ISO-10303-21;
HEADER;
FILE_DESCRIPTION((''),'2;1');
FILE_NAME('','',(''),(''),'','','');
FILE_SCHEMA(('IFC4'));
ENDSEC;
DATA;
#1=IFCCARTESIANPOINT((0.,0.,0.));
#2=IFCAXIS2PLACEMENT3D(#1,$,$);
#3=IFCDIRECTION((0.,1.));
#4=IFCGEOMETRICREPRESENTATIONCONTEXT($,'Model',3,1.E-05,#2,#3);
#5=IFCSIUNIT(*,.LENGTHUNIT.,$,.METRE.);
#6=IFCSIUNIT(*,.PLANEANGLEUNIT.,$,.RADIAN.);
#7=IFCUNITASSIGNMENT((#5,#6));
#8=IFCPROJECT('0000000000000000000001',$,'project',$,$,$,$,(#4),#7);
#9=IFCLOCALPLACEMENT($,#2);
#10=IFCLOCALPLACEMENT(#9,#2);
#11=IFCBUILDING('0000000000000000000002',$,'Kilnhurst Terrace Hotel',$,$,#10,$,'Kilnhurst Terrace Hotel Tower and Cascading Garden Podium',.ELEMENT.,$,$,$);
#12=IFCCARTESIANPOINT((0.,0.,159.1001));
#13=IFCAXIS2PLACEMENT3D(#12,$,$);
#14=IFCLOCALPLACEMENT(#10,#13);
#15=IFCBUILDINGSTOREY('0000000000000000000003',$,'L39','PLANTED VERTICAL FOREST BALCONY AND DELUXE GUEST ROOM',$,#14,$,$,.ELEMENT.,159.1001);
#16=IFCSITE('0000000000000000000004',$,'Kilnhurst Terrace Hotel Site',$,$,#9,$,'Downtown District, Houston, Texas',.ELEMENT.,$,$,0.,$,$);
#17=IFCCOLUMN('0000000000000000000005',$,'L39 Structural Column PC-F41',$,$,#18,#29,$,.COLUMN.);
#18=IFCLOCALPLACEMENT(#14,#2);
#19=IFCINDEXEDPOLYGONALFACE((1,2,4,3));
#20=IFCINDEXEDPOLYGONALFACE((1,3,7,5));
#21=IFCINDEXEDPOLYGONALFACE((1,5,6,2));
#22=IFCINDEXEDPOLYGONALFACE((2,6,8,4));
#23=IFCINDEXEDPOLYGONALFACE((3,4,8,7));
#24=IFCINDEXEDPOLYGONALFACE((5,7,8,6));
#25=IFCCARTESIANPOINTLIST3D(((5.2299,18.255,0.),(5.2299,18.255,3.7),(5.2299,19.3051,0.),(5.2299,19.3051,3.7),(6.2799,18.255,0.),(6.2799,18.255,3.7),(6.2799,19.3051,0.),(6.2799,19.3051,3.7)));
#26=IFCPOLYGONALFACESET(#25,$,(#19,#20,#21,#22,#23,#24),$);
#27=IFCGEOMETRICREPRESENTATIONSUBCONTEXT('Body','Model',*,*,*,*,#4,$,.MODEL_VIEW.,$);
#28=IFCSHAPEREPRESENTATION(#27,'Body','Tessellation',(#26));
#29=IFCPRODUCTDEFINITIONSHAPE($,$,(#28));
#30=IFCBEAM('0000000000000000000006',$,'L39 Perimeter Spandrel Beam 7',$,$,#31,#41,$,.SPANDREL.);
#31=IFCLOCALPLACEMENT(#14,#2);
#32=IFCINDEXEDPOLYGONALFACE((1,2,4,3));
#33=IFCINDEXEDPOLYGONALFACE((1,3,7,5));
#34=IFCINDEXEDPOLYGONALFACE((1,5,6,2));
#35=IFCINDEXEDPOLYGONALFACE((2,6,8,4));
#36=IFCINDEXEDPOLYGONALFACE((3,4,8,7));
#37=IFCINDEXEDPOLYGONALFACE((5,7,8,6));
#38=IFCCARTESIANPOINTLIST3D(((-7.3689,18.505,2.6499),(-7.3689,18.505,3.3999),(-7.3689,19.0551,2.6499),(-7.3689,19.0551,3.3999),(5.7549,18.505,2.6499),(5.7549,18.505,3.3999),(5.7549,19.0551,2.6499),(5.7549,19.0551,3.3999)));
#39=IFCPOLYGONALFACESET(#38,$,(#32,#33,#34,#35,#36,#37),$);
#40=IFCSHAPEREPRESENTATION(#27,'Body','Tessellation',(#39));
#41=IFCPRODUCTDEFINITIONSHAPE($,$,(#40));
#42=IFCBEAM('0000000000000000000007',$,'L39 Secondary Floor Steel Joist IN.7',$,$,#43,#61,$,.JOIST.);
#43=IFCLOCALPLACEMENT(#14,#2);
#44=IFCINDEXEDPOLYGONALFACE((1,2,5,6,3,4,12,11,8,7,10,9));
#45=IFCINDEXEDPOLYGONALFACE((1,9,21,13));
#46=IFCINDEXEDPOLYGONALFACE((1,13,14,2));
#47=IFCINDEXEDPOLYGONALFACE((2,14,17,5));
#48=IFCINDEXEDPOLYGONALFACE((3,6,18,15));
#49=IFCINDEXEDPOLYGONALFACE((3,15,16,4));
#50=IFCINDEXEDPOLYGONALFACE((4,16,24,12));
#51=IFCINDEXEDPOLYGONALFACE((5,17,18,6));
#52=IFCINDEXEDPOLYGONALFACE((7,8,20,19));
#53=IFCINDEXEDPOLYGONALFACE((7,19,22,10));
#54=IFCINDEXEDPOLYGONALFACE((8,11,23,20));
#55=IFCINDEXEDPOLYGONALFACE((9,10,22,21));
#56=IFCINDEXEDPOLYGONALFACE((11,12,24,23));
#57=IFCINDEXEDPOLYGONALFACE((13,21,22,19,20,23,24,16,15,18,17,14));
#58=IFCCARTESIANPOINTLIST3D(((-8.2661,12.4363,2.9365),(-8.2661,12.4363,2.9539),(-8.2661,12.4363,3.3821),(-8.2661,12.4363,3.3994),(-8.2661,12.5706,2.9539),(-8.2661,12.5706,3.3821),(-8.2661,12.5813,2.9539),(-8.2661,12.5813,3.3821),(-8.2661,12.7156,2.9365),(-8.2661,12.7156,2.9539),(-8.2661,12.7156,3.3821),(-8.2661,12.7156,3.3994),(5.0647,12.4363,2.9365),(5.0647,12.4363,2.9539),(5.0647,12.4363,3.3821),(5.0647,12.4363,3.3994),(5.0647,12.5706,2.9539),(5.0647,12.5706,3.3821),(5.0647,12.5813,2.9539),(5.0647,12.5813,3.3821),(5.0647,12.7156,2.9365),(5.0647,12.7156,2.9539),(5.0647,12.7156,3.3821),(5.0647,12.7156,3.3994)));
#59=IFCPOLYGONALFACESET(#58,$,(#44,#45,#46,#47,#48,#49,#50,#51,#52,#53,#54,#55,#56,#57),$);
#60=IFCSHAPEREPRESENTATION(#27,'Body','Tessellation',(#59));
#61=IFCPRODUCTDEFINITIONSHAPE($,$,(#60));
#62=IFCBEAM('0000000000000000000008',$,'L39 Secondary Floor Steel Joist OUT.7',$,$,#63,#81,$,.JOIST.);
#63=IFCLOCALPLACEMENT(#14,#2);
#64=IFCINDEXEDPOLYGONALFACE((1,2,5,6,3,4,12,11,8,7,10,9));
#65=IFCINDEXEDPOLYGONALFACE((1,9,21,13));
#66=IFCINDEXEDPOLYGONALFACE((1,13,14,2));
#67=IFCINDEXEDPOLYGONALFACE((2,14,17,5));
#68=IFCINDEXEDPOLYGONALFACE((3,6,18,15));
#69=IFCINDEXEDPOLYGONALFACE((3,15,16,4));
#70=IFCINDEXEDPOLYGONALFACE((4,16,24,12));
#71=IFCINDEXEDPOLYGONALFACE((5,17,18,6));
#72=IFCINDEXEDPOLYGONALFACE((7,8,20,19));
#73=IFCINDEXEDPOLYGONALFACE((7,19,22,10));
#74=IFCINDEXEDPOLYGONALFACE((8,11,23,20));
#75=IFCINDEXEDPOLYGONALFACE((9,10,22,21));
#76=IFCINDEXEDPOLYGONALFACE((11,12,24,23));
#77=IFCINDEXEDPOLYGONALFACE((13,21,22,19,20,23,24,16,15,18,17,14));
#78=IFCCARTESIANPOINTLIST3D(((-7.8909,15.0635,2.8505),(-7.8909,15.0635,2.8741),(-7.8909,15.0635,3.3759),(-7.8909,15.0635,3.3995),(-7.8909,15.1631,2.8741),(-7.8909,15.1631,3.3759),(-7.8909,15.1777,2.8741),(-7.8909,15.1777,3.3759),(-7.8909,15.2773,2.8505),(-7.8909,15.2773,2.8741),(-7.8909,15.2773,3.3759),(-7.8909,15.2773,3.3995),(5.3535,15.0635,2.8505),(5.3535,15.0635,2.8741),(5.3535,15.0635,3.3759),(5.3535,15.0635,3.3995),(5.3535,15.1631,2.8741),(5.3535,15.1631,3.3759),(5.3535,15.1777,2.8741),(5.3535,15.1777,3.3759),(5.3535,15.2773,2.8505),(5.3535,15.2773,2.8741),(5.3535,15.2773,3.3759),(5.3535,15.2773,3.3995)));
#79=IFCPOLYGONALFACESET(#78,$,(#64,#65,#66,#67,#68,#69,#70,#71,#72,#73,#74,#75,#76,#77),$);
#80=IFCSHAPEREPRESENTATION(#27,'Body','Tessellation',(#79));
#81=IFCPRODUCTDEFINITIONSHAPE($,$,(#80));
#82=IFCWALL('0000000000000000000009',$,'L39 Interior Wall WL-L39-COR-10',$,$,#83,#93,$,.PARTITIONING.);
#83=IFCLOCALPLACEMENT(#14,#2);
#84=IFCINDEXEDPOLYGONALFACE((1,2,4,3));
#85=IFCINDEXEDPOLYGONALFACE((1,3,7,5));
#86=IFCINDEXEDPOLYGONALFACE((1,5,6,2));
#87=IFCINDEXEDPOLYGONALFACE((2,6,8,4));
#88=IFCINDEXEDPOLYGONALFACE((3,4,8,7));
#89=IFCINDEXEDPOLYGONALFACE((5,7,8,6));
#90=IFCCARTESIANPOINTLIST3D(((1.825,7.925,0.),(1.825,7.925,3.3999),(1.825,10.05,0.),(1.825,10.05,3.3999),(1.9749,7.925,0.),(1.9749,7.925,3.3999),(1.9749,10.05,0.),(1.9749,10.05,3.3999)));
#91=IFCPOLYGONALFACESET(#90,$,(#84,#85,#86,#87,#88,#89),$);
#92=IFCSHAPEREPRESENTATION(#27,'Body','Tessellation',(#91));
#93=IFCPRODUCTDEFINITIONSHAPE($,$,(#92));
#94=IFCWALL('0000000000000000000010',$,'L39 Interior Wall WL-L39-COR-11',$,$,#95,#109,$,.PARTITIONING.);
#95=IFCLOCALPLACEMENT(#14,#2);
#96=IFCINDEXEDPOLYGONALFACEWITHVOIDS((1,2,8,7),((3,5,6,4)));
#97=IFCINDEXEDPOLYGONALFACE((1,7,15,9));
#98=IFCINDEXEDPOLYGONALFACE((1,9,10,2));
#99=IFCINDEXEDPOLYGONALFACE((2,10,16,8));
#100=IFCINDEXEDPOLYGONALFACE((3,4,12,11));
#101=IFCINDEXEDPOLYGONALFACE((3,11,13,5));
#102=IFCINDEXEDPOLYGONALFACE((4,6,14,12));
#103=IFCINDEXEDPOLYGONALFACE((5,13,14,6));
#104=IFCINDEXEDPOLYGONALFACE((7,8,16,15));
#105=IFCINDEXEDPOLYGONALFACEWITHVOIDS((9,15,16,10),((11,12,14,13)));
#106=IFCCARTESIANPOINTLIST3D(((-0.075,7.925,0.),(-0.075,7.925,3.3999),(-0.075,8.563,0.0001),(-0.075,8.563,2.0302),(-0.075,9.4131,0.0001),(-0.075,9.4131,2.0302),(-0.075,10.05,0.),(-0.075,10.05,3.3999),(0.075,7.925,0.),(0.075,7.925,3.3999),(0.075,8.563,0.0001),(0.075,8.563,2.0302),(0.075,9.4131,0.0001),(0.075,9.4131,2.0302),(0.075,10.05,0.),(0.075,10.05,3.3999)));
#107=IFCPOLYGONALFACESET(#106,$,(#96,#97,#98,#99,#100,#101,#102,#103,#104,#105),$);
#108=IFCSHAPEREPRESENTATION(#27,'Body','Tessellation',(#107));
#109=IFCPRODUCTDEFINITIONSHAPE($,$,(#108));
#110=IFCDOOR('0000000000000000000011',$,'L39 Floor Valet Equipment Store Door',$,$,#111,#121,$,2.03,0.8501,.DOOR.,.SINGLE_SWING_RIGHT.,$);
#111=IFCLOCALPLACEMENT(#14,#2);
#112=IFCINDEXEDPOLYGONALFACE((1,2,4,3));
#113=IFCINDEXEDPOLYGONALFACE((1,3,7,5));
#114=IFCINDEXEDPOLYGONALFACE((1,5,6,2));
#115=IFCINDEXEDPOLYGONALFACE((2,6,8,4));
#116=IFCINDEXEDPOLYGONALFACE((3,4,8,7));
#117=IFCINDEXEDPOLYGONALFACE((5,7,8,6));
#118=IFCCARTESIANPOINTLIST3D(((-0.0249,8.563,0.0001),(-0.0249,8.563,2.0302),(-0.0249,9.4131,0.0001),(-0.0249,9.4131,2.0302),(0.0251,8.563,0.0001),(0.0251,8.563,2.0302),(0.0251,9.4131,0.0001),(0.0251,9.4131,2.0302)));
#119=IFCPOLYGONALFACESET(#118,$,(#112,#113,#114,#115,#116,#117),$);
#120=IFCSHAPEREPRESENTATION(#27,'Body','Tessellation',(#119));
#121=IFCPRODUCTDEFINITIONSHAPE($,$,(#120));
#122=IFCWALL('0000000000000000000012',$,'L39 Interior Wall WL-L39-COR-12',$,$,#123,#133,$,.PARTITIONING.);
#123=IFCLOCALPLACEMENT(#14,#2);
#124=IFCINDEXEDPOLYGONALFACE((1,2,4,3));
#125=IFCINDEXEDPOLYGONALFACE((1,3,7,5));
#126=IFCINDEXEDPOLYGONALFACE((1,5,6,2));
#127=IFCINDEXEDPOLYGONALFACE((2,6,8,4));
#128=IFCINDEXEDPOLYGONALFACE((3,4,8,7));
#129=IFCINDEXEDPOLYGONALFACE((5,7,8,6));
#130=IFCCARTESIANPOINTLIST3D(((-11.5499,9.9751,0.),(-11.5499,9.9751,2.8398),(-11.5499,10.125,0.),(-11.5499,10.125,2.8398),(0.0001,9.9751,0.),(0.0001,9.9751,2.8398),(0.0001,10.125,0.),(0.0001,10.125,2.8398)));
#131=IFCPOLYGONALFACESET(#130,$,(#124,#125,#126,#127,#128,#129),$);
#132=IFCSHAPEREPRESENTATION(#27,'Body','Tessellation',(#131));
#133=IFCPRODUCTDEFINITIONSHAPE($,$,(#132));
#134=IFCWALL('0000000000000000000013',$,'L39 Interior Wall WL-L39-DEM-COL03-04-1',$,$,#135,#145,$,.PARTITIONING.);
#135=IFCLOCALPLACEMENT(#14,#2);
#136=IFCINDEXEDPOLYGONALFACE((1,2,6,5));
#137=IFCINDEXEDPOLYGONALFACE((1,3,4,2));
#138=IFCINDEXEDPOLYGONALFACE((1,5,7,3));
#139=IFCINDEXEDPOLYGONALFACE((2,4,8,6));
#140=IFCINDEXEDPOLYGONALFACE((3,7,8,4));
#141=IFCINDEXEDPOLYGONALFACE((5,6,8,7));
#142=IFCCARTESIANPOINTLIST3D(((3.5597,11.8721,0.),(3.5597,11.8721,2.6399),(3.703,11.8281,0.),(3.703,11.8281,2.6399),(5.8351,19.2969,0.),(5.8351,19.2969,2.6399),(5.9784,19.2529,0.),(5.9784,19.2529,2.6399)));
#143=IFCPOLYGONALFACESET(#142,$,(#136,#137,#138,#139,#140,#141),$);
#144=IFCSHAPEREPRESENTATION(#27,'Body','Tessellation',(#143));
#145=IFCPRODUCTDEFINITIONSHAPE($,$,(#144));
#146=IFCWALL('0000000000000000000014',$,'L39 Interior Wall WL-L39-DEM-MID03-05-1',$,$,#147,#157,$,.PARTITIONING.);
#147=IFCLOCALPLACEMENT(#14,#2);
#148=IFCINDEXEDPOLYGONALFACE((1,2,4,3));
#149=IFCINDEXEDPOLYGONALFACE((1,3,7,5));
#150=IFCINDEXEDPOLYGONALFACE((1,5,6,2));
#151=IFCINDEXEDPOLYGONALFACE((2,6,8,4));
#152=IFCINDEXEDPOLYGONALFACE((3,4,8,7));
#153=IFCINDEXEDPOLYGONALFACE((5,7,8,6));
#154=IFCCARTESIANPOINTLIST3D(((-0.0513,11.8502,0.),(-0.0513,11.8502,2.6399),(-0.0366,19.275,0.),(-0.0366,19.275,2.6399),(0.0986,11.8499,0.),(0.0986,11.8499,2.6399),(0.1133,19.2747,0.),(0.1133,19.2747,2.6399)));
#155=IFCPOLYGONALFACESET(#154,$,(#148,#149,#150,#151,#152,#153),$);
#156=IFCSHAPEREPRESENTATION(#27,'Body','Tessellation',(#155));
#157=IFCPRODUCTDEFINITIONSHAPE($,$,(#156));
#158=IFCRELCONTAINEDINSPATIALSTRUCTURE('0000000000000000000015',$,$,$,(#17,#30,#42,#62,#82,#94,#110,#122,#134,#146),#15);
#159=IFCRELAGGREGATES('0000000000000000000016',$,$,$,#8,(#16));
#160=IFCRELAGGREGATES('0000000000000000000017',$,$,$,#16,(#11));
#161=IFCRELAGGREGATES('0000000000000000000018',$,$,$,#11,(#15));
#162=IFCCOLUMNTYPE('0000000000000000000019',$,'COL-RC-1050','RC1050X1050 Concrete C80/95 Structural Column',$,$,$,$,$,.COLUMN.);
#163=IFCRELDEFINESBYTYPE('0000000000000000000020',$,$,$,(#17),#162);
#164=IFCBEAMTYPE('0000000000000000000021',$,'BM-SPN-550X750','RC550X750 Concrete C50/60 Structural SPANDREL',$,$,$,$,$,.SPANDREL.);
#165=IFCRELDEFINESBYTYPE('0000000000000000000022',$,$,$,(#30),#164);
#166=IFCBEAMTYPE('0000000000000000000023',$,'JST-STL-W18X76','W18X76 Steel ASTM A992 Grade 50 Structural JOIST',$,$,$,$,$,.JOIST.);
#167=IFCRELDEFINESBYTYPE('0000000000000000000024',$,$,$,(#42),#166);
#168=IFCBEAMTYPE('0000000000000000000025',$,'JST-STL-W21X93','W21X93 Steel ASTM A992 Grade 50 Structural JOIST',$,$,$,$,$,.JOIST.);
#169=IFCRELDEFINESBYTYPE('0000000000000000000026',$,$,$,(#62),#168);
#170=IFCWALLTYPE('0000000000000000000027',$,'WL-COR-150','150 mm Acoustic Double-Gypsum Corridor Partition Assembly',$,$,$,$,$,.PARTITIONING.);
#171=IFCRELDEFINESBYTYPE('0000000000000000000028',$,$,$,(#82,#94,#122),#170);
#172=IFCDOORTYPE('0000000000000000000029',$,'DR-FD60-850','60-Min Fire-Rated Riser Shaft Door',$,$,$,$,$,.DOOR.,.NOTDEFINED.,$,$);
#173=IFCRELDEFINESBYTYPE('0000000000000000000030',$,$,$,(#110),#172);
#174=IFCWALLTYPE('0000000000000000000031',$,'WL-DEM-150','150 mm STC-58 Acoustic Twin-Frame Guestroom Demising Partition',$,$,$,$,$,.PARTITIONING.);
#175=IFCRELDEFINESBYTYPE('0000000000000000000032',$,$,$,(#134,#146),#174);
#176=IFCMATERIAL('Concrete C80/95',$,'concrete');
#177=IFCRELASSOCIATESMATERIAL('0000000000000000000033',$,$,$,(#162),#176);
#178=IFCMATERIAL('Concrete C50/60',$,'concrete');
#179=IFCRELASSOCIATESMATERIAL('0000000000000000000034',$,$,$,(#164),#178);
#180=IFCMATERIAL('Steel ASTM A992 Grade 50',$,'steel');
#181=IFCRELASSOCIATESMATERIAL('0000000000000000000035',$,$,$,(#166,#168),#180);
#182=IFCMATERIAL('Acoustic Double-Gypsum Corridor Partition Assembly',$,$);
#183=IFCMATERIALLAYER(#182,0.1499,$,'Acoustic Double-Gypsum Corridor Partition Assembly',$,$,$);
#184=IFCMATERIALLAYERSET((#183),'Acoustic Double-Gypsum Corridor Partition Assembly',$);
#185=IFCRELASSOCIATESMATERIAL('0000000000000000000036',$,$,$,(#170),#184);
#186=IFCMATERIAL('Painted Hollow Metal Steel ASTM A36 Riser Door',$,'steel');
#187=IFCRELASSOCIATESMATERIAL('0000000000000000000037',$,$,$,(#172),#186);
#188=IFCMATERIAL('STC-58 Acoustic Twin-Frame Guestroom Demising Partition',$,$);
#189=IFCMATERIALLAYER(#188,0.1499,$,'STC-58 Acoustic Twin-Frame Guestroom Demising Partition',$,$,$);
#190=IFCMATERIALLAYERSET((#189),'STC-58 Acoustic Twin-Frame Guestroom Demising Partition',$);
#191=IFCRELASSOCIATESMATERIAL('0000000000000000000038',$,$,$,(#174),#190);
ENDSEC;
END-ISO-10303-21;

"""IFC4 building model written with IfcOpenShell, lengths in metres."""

from ifc_helpers import new_model, si_unit, direction, frame, frame_2d, origin, origin_2d, place, context, subcontext, project, spatial, rectangle, i_section, extrude, material, layer, layer_set, material_profile, profile_set, type_object, element, fill, save


model = new_model("IFC4")

# Units and contexts
model_context = context("Model", 3, precision=1e-05, world=origin(), true_north=direction((0.0, 1.0)))
body_context = subcontext(model_context, "Body", "Model", "MODEL_VIEW")
ifc_project = project(units=[si_unit("LENGTHUNIT", "METRE"), si_unit("PLANEANGLEUNIT", "RADIAN")], contexts=[model_context])

# Site, building, storey
site_placement = place(None, origin())
site = spatial("IfcSite", under=ifc_project, at=site_placement, Name="Kilnhurst Terrace Hotel Site", LongName="Downtown District, Houston, Texas", CompositionType="ELEMENT", RefElevation=0.0)
building_placement = place(site_placement, origin())
building = spatial("IfcBuilding", under=site, at=building_placement, Name="Kilnhurst Terrace Hotel", LongName="Kilnhurst Terrace Hotel Tower and Cascading Garden Podium", CompositionType="ELEMENT")
storey_placement = place(building_placement, frame((0.0, 0.0, 159.1001)))
storey = spatial("IfcBuildingStorey", under=building, at=storey_placement, Name="L39", Description="PLANTED VERTICAL FOREST BALCONY AND DELUXE GUEST ROOM", CompositionType="ELEMENT", Elevation=159.1001)

# Column
ifc_material_1 = material(Name="Concrete C80/95", Category="concrete")
ifc_material_profile_1 = material_profile(ifc_material_1, rectangle(XDim=1.05, YDim=1.05, at=origin_2d()), Name="RC1050X1050")
ifc_profile_set_1 = profile_set([ifc_material_profile_1], Name="Concrete C80/95")
column_type = type_object("IfcColumnType", Name="COL-RC-1050", Description="RC1050X1050 Concrete C80/95 Structural Column", PredefinedType="COLUMN", material=ifc_profile_set_1)
column_placement = place(storey_placement, frame((5.7549, 18.78, 0.0), z_axis=(0.0, 0.0, 1.0), x_axis=(1.0, 0.0, 0.0)))
element("IfcColumn", 1, at=column_placement, inside=storey, type_object=column_type, Name="L39 Structural Column PC-F41", PredefinedType="COLUMN", context=body_context, shape_type="SweptSolid", body=[
    extrude(rectangle(XDim=1.05, YDim=1.05, at=origin_2d()), origin(), (0.0, 0.0, 1.0), 3.7),
])

# Beams
ifc_material_2 = material(Name="Concrete C50/60", Category="concrete")
ifc_material_profile_2 = material_profile(ifc_material_2, rectangle(XDim=0.55, YDim=0.75, at=origin_2d()), Name="RC550X750")
ifc_profile_set_2 = profile_set([ifc_material_profile_2], Name="Concrete C50/60")
beam_type_1 = type_object("IfcBeamType", Name="BM-SPN-550X750", Description="RC550X750 Concrete C50/60 Structural SPANDREL", PredefinedType="SPANDREL", material=ifc_profile_set_2)
beam_1_placement = place(storey_placement, frame((5.7549, 18.78, 3.0249), z_axis=(-1.0, 0.0, 0.0), x_axis=(0.0, -1.0, 0.0)))
element("IfcBeam", 2, at=beam_1_placement, inside=storey, type_object=beam_type_1, Name="L39 Perimeter Spandrel Beam 7", PredefinedType="SPANDREL", context=body_context, shape_type="SweptSolid", body=[
    extrude(rectangle(XDim=0.55, YDim=0.75, at=origin_2d()), origin(), (0.0, 0.0, 1.0), 13.1238),
])
ifc_material_3 = material(Name="Steel ASTM A992 Grade 50", Category="steel")
ifc_material_profile_3 = material_profile(ifc_material_3, i_section(OverallWidth=0.2793, OverallDepth=0.4629, WebThickness=0.0107, FlangeThickness=0.0173, at=origin_2d()), Name="W18X76")
ifc_profile_set_3 = profile_set([ifc_material_profile_3], Name="Steel ASTM A992 Grade 50")
beam_type_2 = type_object("IfcBeamType", Name="JST-STL-W18X76", Description="W18X76 Steel ASTM A992 Grade 50 Structural JOIST", PredefinedType="JOIST", material=ifc_profile_set_3)
beam_2_placement = place(storey_placement, frame((5.0647, 12.5759, 3.168), z_axis=(-1.0, 0.0, 0.0), x_axis=(0.0, -1.0, 0.0)))
element("IfcBeam", 3, at=beam_2_placement, inside=storey, type_object=beam_type_2, Name="L39 Secondary Floor Steel Joist IN.7", PredefinedType="JOIST", context=body_context, shape_type="SweptSolid", body=[
    extrude(i_section(OverallWidth=0.2793, OverallDepth=0.4629, WebThickness=0.0107, FlangeThickness=0.0173, at=origin_2d()), origin(), (0.0, 0.0, 1.0), 13.3308),
])
ifc_material_profile_4 = material_profile(ifc_material_3, i_section(OverallWidth=0.2139, OverallDepth=0.5491, WebThickness=0.0146, FlangeThickness=0.0237, at=origin_2d()), Name="W21X93")
ifc_profile_set_4 = profile_set([ifc_material_profile_4], Name="Steel ASTM A992 Grade 50")
beam_type_3 = type_object("IfcBeamType", Name="JST-STL-W21X93", Description="W21X93 Steel ASTM A992 Grade 50 Structural JOIST", PredefinedType="JOIST", material=ifc_profile_set_4)
beam_3_placement = place(storey_placement, frame((5.3535, 15.1704, 3.125), z_axis=(-1.0, 0.0, 0.0), x_axis=(0.0, -1.0, 0.0)))
element("IfcBeam", 4, at=beam_3_placement, inside=storey, type_object=beam_type_3, Name="L39 Secondary Floor Steel Joist OUT.7", PredefinedType="JOIST", context=body_context, shape_type="SweptSolid", body=[
    extrude(i_section(OverallWidth=0.2139, OverallDepth=0.5491, WebThickness=0.0146, FlangeThickness=0.0237, at=origin_2d()), origin(), (0.0, 0.0, 1.0), 13.2444),
])

# Wall
ifc_material_4 = material(Name="Acoustic Double-Gypsum Corridor Partition Assembly")
ifc_layer_1 = layer(ifc_material_4, 0.1499, Name="Acoustic Double-Gypsum Corridor Partition Assembly")
ifc_layer_set_1 = layer_set([ifc_layer_1], Name="Acoustic Double-Gypsum Corridor Partition Assembly")
wall_type_1 = type_object("IfcWallType", Name="WL-COR-150", Description="150 mm Acoustic Double-Gypsum Corridor Partition Assembly", PredefinedType="PARTITIONING", material=ifc_layer_set_1)
wall_1_placement = place(storey_placement, frame((1.8999, 10.05, 0.0), z_axis=(0.0, 0.0, 1.0), x_axis=(0.0, -1.0, 0.0)))
element("IfcWall", 5, at=wall_1_placement, inside=storey, type_object=wall_type_1, Name="L39 Interior Wall WL-L39-COR-10", PredefinedType="PARTITIONING", context=body_context, shape_type="SweptSolid", body=[
    extrude(rectangle(XDim=2.125, YDim=0.1499, at=frame_2d((1.0625, 0.0))), origin(), (0.0, 0.0, 1.0), 3.3999),
])

# Wall, opening, door
wall_2_placement = place(storey_placement, frame((0.0, 7.925, 0.0), z_axis=(0.0, 0.0, 1.0), x_axis=(0.0, 1.0, 0.0)))
wall_2 = element("IfcWall", 6, at=wall_2_placement, inside=storey, type_object=wall_type_1, Name="L39 Interior Wall WL-L39-COR-11", PredefinedType="PARTITIONING", context=body_context, shape_type="SweptSolid", body=[
    extrude(rectangle(XDim=2.125, YDim=0.1499, at=frame_2d((1.0625, 0.0))), origin(), (0.0, 0.0, 1.0), 3.3999),
])
opening_1_placement = place(wall_2_placement, frame((0.6379, 0.0, 0.0)))
opening_1 = element("IfcOpeningElement", 7, at=opening_1_placement, cuts=wall_2, PredefinedType="OPENING", context=body_context, shape_type="SweptSolid", body=[
    extrude(rectangle(XDim=0.8501, YDim=2.03, at=frame_2d((0.425, 1.0151))), frame((0.0, 0.085, 0.0), z_axis=(0.0, -1.0, 0.0), x_axis=(1.0, 0.0, 0.0)), (0.0, 0.0, 1.0), 0.1699),
])
ifc_material_5 = material(Name="Painted Hollow Metal Steel ASTM A36 Riser Door", Category="steel")
door_type_1 = type_object("IfcDoorType", Name="DR-FD60-850", Description="60-Min Fire-Rated Riser Shaft Door", OperationType="NOTDEFINED", PredefinedType="DOOR", material=ifc_material_5)
door_1_placement = place(opening_1_placement, origin())
door_1 = element("IfcDoor", 8, at=door_1_placement, inside=storey, type_object=door_type_1, Name="L39 Floor Valet Equipment Store Door", OperationType="SINGLE_SWING_RIGHT", OverallHeight=2.03, OverallWidth=0.8501, PredefinedType="DOOR", context=body_context, shape_type="SweptSolid", body=[
    extrude(rectangle(XDim=0.8501, YDim=2.03, at=frame_2d((0.425, 1.0151))), frame((0.0, 0.0249, 0.0), z_axis=(0.0, -1.0, 0.0), x_axis=(1.0, 0.0, 0.0)), (0.0, 0.0, 1.0), 0.05),
])
fill(opening_1, door_1)

# Walls
wall_3_placement = place(storey_placement, frame((0.0, 10.05, 0.0), z_axis=(0.0, 0.0, 1.0), x_axis=(-1.0, 0.0, 0.0)))
element("IfcWall", 9, at=wall_3_placement, inside=storey, type_object=wall_type_1, Name="L39 Interior Wall WL-L39-COR-12", PredefinedType="PARTITIONING", context=body_context, shape_type="SweptSolid", body=[
    extrude(rectangle(XDim=11.55, YDim=0.1499, at=frame_2d((5.7749, 0.0))), origin(), (0.0, 0.0, 1.0), 2.8398),
])
ifc_material_6 = material(Name="STC-58 Acoustic Twin-Frame Guestroom Demising Partition")
ifc_layer_2 = layer(ifc_material_6, 0.1499, Name="STC-58 Acoustic Twin-Frame Guestroom Demising Partition")
ifc_layer_set_2 = layer_set([ifc_layer_2], Name="STC-58 Acoustic Twin-Frame Guestroom Demising Partition")
wall_type_2 = type_object("IfcWallType", Name="WL-DEM-150", Description="150 mm STC-58 Acoustic Twin-Frame Guestroom Demising Partition", PredefinedType="PARTITIONING", material=ifc_layer_set_2)
wall_4_placement = place(storey_placement, frame((3.6313, 11.8501, 0.0), z_axis=(0.0, 0.0, 1.0), x_axis=(0.293008, 0.95611, 0.0)))
element("IfcWall", 10, at=wall_4_placement, inside=storey, type_object=wall_type_2, Name="L39 Interior Wall WL-L39-DEM-COL03-04-1", PredefinedType="PARTITIONING", context=body_context, shape_type="SweptSolid", body=[
    extrude(rectangle(XDim=7.7656, YDim=0.1499, at=frame_2d((3.8828, 0.0))), origin(), (0.0, 0.0, 1.0), 2.6399),
])
wall_5_placement = place(storey_placement, frame((0.0237, 11.8501, 0.0), z_axis=(0.0, 0.0, 1.0), x_axis=(0.001973, 0.999998, 0.0)))
element("IfcWall", 11, at=wall_5_placement, inside=storey, type_object=wall_type_2, Name="L39 Interior Wall WL-L39-DEM-MID03-05-1", PredefinedType="PARTITIONING", context=body_context, shape_type="SweptSolid", body=[
    extrude(rectangle(XDim=7.4248, YDim=0.1499, at=frame_2d((3.7124, 0.0))), origin(), (0.0, 0.0, 1.0), 2.6399),
])

save(model, "model.ifc")
